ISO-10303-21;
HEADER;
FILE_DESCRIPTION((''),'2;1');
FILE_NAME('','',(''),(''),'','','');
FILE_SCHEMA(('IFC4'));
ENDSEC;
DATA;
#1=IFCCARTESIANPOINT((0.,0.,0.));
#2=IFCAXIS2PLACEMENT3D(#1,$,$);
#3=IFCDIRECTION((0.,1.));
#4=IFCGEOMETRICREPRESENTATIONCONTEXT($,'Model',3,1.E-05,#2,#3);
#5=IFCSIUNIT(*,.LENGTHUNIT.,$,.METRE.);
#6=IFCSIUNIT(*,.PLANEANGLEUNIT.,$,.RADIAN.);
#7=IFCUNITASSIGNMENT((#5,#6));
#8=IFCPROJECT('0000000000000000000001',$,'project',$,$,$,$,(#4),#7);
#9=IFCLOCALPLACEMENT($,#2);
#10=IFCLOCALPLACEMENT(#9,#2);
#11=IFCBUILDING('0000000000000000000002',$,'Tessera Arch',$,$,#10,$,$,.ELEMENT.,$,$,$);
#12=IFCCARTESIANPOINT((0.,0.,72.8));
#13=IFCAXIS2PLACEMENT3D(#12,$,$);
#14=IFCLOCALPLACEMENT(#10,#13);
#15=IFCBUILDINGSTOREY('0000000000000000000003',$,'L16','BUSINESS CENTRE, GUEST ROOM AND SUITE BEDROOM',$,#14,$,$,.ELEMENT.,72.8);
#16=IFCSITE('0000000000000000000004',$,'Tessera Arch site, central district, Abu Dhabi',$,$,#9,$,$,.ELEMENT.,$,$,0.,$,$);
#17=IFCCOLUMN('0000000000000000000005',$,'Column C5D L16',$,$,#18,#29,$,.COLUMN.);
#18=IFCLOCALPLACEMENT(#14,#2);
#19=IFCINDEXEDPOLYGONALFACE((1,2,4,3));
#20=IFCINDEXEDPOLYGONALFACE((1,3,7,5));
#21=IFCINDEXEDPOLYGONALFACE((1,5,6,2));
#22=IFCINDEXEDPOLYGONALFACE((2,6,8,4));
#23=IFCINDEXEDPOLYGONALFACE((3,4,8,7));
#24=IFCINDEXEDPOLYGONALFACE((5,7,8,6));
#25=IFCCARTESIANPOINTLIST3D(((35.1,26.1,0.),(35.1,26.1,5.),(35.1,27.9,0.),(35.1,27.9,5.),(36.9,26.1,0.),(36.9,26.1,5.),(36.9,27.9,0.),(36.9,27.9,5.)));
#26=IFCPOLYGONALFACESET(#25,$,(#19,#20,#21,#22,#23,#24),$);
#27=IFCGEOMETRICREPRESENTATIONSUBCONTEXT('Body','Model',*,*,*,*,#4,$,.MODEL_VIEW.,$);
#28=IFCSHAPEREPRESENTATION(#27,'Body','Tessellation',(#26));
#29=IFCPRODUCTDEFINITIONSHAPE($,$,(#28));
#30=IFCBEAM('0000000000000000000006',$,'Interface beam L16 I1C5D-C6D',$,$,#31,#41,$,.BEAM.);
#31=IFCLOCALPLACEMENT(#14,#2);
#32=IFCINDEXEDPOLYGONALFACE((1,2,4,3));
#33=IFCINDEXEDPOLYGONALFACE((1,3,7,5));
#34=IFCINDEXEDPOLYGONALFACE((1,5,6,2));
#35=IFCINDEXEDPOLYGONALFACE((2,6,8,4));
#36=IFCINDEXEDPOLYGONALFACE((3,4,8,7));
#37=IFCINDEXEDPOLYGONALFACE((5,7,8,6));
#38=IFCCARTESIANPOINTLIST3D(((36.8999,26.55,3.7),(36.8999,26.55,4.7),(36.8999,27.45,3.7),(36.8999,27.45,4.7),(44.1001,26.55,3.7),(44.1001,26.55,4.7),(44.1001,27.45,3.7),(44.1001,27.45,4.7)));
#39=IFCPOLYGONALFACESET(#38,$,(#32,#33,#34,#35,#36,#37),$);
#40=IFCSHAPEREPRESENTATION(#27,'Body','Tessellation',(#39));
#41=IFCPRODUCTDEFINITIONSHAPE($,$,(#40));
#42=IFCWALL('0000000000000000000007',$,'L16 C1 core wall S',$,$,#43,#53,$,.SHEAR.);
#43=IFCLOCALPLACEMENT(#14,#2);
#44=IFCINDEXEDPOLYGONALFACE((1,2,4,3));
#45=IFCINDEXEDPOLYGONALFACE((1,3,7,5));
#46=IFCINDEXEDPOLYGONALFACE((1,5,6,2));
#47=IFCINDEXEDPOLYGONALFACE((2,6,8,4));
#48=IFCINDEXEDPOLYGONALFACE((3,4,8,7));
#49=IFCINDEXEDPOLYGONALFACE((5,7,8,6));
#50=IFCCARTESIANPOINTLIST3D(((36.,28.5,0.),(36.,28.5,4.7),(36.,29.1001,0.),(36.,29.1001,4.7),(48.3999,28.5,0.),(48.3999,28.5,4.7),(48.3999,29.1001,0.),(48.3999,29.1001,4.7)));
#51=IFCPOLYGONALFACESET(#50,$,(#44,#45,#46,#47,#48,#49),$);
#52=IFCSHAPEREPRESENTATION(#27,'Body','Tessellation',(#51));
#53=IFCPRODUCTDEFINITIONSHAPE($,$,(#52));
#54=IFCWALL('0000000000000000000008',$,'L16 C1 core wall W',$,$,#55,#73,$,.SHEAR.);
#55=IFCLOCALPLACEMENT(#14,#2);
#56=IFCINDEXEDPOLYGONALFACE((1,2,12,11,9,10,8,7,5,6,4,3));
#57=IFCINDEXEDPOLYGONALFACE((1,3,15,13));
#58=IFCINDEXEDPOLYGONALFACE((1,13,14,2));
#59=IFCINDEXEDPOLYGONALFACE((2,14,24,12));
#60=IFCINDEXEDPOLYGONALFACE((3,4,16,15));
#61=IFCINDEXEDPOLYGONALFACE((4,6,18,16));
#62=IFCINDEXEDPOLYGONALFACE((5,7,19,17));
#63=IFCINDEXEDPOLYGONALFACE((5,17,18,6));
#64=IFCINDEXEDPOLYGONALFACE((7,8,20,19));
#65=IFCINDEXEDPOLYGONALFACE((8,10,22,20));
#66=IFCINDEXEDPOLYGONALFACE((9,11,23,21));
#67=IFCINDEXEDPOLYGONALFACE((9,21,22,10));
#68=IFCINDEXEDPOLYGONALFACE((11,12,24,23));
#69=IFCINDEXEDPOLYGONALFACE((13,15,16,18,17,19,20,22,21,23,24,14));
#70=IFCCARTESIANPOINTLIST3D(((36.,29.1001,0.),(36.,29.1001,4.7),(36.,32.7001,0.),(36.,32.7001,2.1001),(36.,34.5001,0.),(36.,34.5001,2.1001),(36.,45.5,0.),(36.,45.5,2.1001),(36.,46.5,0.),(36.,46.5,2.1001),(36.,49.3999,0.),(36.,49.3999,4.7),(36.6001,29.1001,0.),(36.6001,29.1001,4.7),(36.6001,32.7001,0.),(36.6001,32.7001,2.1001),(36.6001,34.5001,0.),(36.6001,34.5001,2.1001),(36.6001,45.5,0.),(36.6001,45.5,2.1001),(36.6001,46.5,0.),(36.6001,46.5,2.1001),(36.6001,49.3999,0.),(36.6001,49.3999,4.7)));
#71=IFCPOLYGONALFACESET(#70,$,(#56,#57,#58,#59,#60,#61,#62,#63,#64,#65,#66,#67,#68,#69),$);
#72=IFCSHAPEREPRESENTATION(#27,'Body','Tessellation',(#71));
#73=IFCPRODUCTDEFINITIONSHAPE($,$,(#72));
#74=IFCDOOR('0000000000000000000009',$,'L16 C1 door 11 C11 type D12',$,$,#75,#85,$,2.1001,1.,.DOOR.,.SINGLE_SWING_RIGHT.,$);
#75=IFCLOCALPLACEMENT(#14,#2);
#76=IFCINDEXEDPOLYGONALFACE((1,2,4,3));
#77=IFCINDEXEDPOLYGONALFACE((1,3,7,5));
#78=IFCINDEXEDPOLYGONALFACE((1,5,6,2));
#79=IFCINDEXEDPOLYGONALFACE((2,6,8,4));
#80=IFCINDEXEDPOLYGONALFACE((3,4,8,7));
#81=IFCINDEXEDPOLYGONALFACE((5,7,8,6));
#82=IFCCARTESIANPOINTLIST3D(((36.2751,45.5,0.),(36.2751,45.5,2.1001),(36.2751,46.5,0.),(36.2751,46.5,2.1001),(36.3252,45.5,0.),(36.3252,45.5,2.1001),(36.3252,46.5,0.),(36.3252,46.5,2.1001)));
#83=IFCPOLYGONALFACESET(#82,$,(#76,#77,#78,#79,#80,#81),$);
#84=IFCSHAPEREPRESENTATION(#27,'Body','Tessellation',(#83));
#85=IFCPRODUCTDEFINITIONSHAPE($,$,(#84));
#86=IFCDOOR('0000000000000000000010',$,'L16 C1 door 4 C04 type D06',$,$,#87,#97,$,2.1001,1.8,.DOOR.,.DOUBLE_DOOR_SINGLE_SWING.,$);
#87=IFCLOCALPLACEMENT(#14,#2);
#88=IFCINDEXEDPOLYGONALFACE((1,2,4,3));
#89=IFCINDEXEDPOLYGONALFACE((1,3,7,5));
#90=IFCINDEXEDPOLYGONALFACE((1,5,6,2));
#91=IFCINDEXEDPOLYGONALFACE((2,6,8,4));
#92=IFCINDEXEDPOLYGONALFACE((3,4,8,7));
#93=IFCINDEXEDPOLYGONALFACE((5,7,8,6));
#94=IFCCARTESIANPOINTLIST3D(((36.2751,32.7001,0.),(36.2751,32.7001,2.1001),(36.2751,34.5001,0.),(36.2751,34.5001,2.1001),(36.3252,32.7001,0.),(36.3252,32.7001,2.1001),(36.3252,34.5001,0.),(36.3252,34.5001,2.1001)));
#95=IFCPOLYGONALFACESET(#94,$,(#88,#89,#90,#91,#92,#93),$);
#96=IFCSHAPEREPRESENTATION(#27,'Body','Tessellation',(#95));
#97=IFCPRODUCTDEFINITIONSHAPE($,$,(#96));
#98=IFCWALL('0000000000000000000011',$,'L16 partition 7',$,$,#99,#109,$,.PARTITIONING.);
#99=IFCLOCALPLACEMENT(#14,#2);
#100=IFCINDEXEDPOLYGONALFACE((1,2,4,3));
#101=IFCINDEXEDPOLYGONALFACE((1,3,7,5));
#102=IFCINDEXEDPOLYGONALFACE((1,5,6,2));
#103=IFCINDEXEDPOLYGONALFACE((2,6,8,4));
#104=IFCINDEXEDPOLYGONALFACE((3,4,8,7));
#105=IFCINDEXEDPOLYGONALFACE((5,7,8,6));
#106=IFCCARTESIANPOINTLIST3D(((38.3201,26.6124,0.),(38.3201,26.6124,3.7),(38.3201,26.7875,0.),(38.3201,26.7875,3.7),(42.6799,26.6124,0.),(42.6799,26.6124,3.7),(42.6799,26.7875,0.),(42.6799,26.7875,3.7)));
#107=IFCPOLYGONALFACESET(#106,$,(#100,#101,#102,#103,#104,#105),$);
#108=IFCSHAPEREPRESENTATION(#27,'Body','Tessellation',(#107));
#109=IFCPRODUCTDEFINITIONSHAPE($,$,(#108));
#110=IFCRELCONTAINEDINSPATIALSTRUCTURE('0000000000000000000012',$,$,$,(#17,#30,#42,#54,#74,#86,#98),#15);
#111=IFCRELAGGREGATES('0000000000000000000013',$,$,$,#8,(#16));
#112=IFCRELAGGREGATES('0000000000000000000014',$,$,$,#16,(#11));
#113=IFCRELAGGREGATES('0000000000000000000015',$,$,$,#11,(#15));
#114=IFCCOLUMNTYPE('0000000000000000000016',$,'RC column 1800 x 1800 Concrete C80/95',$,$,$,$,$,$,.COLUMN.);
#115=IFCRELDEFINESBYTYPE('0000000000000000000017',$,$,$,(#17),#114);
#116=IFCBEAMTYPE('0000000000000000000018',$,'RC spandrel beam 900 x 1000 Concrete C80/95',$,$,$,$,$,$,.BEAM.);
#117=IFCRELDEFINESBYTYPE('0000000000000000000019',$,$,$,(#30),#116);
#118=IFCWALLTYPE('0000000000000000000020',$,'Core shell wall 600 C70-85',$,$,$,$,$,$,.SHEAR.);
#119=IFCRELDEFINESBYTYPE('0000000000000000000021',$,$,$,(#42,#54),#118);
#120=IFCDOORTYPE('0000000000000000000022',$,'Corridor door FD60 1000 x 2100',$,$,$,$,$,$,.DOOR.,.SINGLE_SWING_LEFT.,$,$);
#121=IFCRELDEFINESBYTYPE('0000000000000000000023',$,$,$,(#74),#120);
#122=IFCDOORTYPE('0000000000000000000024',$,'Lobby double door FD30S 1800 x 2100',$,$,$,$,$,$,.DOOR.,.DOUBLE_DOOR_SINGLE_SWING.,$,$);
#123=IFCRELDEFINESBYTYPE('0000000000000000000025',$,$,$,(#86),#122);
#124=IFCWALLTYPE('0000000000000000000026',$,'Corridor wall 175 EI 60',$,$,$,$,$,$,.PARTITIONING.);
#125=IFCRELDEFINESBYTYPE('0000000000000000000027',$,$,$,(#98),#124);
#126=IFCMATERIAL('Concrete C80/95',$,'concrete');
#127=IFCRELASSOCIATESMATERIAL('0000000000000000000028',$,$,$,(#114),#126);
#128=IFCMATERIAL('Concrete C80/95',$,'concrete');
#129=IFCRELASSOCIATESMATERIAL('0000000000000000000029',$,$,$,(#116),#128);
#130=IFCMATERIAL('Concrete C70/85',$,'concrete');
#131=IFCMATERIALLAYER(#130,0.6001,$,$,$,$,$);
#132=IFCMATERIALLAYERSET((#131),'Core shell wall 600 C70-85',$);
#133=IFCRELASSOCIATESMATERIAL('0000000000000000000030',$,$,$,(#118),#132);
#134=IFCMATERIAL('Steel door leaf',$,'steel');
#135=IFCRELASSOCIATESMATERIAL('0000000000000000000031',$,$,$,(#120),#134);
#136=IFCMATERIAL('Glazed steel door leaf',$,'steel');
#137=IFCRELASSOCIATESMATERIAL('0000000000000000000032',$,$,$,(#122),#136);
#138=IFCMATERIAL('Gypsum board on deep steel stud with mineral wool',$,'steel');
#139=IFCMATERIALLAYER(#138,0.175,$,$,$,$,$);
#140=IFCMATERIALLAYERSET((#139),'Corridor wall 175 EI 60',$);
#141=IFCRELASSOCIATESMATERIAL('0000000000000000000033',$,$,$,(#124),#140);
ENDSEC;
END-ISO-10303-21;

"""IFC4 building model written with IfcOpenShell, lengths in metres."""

from ifc_helpers import new_model, si_unit, direction, frame, frame_2d, origin, origin_2d, place, context, subcontext, project, spatial, rectangle, extrude, material, layer, layer_set, material_profile, profile_set, type_object, element, fill, save


model = new_model("IFC4")

# Units and contexts
model_context = context("Model", 3, precision=1e-05, world=origin(), true_north=direction((0.0, 1.0)))
body_context = subcontext(model_context, "Body", "Model", "MODEL_VIEW")
ifc_project = project(units=[si_unit("LENGTHUNIT", "METRE"), si_unit("PLANEANGLEUNIT", "RADIAN")], contexts=[model_context])

# Site, building, storey
site_placement = place(None, origin())
site = spatial("IfcSite", under=ifc_project, at=site_placement, Name="Tessera Arch site, central district, Abu Dhabi", CompositionType="ELEMENT", RefElevation=0.0)
building_placement = place(site_placement, origin())
building = spatial("IfcBuilding", under=site, at=building_placement, Name="Tessera Arch", CompositionType="ELEMENT")
storey_placement = place(building_placement, frame((0.0, 0.0, 72.8)))
storey = spatial("IfcBuildingStorey", under=building, at=storey_placement, Name="L16", Description="BUSINESS CENTRE, GUEST ROOM AND SUITE BEDROOM", CompositionType="ELEMENT", Elevation=72.8)

# Column
ifc_material_1 = material(Name="Concrete C80/95", Category="concrete")
ifc_material_profile_1 = material_profile(ifc_material_1, rectangle(XDim=1.8, YDim=1.8, at=origin_2d()), Name="RC column 1800 x 1800 Concrete C80/95")
ifc_profile_set_1 = profile_set([ifc_material_profile_1], Name="Concrete C80/95")
column_type = type_object("IfcColumnType", Name="RC column 1800 x 1800 Concrete C80/95", PredefinedType="COLUMN", material=ifc_profile_set_1)
column_placement = place(storey_placement, frame((36.0, 27.0, 0.0), z_axis=(0.0, 0.0, 1.0), x_axis=(1.0, 0.0, 0.0)))
element("IfcColumn", 1, at=column_placement, inside=storey, type_object=column_type, Name="Column C5D L16", PredefinedType="COLUMN", context=body_context, shape_type="SweptSolid", body=[
    extrude(rectangle(XDim=1.8, YDim=1.8, at=origin_2d()), origin(), (0.0, 0.0, 1.0), 5.0),
])

# Beam
ifc_material_2 = material(Name="Concrete C80/95", Category="concrete")
ifc_material_profile_2 = material_profile(ifc_material_2, rectangle(XDim=0.8999, YDim=1.0, at=origin_2d()), Name="RC spandrel beam 900 x 1000 Concrete C80/95")
ifc_profile_set_2 = profile_set([ifc_material_profile_2], Name="Concrete C80/95")
beam_type = type_object("IfcBeamType", Name="RC spandrel beam 900 x 1000 Concrete C80/95", PredefinedType="BEAM", material=ifc_profile_set_2)
beam_placement = place(storey_placement, frame((36.8999, 27.0, 4.2), z_axis=(1.0, 0.0, 0.0), x_axis=(0.0, 1.0, 0.0)))
element("IfcBeam", 2, at=beam_placement, inside=storey, type_object=beam_type, Name="Interface beam L16 I1C5D-C6D", PredefinedType="BEAM", context=body_context, shape_type="SweptSolid", body=[
    extrude(rectangle(XDim=0.8999, YDim=1.0, at=origin_2d()), origin(), (0.0, 0.0, 1.0), 7.2002),
])

# Wall
ifc_material_3 = material(Name="Concrete C70/85", Category="concrete")
ifc_layer_1 = layer(ifc_material_3, 0.6001)
ifc_layer_set_1 = layer_set([ifc_layer_1], Name="Core shell wall 600 C70-85")
wall_type_1 = type_object("IfcWallType", Name="Core shell wall 600 C70-85", PredefinedType="SHEAR", material=ifc_layer_set_1)
wall_1_placement = place(storey_placement, frame((36.0, 28.8, 0.0), z_axis=(0.0, 0.0, 1.0), x_axis=(1.0, 0.0, 0.0)))
element("IfcWall", 3, at=wall_1_placement, inside=storey, type_object=wall_type_1, Name="L16 C1 core wall S", PredefinedType="SHEAR", context=body_context, shape_type="SweptSolid", body=[
    extrude(rectangle(XDim=12.3999, YDim=0.6001, at=frame_2d((6.2, 0.0))), origin(), (0.0, 0.0, 1.0), 4.7),
])

# Wall, openings, doors
wall_2_placement = place(storey_placement, frame((36.3, 29.1001, 0.0), z_axis=(0.0, 0.0, 1.0), x_axis=(0.0, 1.0, 0.0)))
wall_2 = element("IfcWall", 4, at=wall_2_placement, inside=storey, type_object=wall_type_1, Name="L16 C1 core wall W", PredefinedType="SHEAR", context=body_context, shape_type="SweptSolid", body=[
    extrude(rectangle(XDim=20.2998, YDim=0.6001, at=frame_2d((10.1499, 0.0))), origin(), (0.0, 0.0, 1.0), 4.7),
])
opening_1_placement = place(wall_2_placement, frame((3.6001, 0.0, 0.0)))
opening_1 = element("IfcOpeningElement", 5, at=opening_1_placement, cuts=wall_2, PredefinedType="OPENING", context=body_context, shape_type="SweptSolid", body=[
    extrude(rectangle(XDim=1.8, YDim=2.1001, at=frame_2d((0.8999, 1.05))), frame((0.0, 0.3101, 0.0), z_axis=(0.0, -1.0, 0.0), x_axis=(1.0, 0.0, 0.0)), (0.0, 0.0, 1.0), 0.6201),
])
opening_2_placement = place(wall_2_placement, frame((16.3999, 0.0, 0.0)))
opening_2 = element("IfcOpeningElement", 6, at=opening_2_placement, cuts=wall_2, PredefinedType="OPENING", context=body_context, shape_type="SweptSolid", body=[
    extrude(rectangle(XDim=1.0, YDim=2.1001, at=frame_2d((0.5, 1.05))), frame((0.0, 0.3101, 0.0), z_axis=(0.0, -1.0, 0.0), x_axis=(1.0, 0.0, 0.0)), (0.0, 0.0, 1.0), 0.6201),
])
ifc_material_4 = material(Name="Steel door leaf", Category="steel")
door_type_1 = type_object("IfcDoorType", Name="Corridor door FD60 1000 x 2100", OperationType="SINGLE_SWING_LEFT", PredefinedType="DOOR", material=ifc_material_4)
door_1_placement = place(opening_2_placement, origin())
door_1 = element("IfcDoor", 7, at=door_1_placement, inside=storey, type_object=door_type_1, Name="L16 C1 door 11 C11 type D12", OperationType="SINGLE_SWING_RIGHT", OverallHeight=2.1001, OverallWidth=1.0, PredefinedType="DOOR", context=body_context, shape_type="SweptSolid", body=[
    extrude(rectangle(XDim=1.0, YDim=2.1001, at=frame_2d((0.5, 1.05))), frame((0.0, 0.0249, 0.0), z_axis=(0.0, -1.0, 0.0), x_axis=(1.0, 0.0, 0.0)), (0.0, 0.0, 1.0), 0.05),
])
fill(opening_2, door_1)
ifc_material_5 = material(Name="Glazed steel door leaf", Category="steel")
door_type_2 = type_object("IfcDoorType", Name="Lobby double door FD30S 1800 x 2100", OperationType="DOUBLE_DOOR_SINGLE_SWING", PredefinedType="DOOR", material=ifc_material_5)
door_2_placement = place(opening_1_placement, origin())
door_2 = element("IfcDoor", 8, at=door_2_placement, inside=storey, type_object=door_type_2, Name="L16 C1 door 4 C04 type D06", OperationType="DOUBLE_DOOR_SINGLE_SWING", OverallHeight=2.1001, OverallWidth=1.8, PredefinedType="DOOR", context=body_context, shape_type="SweptSolid", body=[
    extrude(rectangle(XDim=1.8, YDim=2.1001, at=frame_2d((0.8999, 1.05))), frame((0.0, 0.0249, 0.0), z_axis=(0.0, -1.0, 0.0), x_axis=(1.0, 0.0, 0.0)), (0.0, 0.0, 1.0), 0.05),
])
fill(opening_1, door_2)

# Wall
ifc_material_6 = material(Name="Gypsum board on deep steel stud with mineral wool", Category="steel")
ifc_layer_2 = layer(ifc_material_6, 0.175)
ifc_layer_set_2 = layer_set([ifc_layer_2], Name="Corridor wall 175 EI 60")
wall_type_2 = type_object("IfcWallType", Name="Corridor wall 175 EI 60", PredefinedType="PARTITIONING", material=ifc_layer_set_2)
wall_3_placement = place(storey_placement, frame((38.3201, 26.7, 0.0), z_axis=(0.0, 0.0, 1.0), x_axis=(1.0, 0.0, 0.0)))
element("IfcWall", 9, at=wall_3_placement, inside=storey, type_object=wall_type_2, Name="L16 partition 7", PredefinedType="PARTITIONING", context=body_context, shape_type="SweptSolid", body=[
    extrude(rectangle(XDim=4.3599, YDim=0.175, at=frame_2d((2.1799, 0.0))), origin(), (0.0, 0.0, 1.0), 3.7),
])

save(model, "model.ifc")
